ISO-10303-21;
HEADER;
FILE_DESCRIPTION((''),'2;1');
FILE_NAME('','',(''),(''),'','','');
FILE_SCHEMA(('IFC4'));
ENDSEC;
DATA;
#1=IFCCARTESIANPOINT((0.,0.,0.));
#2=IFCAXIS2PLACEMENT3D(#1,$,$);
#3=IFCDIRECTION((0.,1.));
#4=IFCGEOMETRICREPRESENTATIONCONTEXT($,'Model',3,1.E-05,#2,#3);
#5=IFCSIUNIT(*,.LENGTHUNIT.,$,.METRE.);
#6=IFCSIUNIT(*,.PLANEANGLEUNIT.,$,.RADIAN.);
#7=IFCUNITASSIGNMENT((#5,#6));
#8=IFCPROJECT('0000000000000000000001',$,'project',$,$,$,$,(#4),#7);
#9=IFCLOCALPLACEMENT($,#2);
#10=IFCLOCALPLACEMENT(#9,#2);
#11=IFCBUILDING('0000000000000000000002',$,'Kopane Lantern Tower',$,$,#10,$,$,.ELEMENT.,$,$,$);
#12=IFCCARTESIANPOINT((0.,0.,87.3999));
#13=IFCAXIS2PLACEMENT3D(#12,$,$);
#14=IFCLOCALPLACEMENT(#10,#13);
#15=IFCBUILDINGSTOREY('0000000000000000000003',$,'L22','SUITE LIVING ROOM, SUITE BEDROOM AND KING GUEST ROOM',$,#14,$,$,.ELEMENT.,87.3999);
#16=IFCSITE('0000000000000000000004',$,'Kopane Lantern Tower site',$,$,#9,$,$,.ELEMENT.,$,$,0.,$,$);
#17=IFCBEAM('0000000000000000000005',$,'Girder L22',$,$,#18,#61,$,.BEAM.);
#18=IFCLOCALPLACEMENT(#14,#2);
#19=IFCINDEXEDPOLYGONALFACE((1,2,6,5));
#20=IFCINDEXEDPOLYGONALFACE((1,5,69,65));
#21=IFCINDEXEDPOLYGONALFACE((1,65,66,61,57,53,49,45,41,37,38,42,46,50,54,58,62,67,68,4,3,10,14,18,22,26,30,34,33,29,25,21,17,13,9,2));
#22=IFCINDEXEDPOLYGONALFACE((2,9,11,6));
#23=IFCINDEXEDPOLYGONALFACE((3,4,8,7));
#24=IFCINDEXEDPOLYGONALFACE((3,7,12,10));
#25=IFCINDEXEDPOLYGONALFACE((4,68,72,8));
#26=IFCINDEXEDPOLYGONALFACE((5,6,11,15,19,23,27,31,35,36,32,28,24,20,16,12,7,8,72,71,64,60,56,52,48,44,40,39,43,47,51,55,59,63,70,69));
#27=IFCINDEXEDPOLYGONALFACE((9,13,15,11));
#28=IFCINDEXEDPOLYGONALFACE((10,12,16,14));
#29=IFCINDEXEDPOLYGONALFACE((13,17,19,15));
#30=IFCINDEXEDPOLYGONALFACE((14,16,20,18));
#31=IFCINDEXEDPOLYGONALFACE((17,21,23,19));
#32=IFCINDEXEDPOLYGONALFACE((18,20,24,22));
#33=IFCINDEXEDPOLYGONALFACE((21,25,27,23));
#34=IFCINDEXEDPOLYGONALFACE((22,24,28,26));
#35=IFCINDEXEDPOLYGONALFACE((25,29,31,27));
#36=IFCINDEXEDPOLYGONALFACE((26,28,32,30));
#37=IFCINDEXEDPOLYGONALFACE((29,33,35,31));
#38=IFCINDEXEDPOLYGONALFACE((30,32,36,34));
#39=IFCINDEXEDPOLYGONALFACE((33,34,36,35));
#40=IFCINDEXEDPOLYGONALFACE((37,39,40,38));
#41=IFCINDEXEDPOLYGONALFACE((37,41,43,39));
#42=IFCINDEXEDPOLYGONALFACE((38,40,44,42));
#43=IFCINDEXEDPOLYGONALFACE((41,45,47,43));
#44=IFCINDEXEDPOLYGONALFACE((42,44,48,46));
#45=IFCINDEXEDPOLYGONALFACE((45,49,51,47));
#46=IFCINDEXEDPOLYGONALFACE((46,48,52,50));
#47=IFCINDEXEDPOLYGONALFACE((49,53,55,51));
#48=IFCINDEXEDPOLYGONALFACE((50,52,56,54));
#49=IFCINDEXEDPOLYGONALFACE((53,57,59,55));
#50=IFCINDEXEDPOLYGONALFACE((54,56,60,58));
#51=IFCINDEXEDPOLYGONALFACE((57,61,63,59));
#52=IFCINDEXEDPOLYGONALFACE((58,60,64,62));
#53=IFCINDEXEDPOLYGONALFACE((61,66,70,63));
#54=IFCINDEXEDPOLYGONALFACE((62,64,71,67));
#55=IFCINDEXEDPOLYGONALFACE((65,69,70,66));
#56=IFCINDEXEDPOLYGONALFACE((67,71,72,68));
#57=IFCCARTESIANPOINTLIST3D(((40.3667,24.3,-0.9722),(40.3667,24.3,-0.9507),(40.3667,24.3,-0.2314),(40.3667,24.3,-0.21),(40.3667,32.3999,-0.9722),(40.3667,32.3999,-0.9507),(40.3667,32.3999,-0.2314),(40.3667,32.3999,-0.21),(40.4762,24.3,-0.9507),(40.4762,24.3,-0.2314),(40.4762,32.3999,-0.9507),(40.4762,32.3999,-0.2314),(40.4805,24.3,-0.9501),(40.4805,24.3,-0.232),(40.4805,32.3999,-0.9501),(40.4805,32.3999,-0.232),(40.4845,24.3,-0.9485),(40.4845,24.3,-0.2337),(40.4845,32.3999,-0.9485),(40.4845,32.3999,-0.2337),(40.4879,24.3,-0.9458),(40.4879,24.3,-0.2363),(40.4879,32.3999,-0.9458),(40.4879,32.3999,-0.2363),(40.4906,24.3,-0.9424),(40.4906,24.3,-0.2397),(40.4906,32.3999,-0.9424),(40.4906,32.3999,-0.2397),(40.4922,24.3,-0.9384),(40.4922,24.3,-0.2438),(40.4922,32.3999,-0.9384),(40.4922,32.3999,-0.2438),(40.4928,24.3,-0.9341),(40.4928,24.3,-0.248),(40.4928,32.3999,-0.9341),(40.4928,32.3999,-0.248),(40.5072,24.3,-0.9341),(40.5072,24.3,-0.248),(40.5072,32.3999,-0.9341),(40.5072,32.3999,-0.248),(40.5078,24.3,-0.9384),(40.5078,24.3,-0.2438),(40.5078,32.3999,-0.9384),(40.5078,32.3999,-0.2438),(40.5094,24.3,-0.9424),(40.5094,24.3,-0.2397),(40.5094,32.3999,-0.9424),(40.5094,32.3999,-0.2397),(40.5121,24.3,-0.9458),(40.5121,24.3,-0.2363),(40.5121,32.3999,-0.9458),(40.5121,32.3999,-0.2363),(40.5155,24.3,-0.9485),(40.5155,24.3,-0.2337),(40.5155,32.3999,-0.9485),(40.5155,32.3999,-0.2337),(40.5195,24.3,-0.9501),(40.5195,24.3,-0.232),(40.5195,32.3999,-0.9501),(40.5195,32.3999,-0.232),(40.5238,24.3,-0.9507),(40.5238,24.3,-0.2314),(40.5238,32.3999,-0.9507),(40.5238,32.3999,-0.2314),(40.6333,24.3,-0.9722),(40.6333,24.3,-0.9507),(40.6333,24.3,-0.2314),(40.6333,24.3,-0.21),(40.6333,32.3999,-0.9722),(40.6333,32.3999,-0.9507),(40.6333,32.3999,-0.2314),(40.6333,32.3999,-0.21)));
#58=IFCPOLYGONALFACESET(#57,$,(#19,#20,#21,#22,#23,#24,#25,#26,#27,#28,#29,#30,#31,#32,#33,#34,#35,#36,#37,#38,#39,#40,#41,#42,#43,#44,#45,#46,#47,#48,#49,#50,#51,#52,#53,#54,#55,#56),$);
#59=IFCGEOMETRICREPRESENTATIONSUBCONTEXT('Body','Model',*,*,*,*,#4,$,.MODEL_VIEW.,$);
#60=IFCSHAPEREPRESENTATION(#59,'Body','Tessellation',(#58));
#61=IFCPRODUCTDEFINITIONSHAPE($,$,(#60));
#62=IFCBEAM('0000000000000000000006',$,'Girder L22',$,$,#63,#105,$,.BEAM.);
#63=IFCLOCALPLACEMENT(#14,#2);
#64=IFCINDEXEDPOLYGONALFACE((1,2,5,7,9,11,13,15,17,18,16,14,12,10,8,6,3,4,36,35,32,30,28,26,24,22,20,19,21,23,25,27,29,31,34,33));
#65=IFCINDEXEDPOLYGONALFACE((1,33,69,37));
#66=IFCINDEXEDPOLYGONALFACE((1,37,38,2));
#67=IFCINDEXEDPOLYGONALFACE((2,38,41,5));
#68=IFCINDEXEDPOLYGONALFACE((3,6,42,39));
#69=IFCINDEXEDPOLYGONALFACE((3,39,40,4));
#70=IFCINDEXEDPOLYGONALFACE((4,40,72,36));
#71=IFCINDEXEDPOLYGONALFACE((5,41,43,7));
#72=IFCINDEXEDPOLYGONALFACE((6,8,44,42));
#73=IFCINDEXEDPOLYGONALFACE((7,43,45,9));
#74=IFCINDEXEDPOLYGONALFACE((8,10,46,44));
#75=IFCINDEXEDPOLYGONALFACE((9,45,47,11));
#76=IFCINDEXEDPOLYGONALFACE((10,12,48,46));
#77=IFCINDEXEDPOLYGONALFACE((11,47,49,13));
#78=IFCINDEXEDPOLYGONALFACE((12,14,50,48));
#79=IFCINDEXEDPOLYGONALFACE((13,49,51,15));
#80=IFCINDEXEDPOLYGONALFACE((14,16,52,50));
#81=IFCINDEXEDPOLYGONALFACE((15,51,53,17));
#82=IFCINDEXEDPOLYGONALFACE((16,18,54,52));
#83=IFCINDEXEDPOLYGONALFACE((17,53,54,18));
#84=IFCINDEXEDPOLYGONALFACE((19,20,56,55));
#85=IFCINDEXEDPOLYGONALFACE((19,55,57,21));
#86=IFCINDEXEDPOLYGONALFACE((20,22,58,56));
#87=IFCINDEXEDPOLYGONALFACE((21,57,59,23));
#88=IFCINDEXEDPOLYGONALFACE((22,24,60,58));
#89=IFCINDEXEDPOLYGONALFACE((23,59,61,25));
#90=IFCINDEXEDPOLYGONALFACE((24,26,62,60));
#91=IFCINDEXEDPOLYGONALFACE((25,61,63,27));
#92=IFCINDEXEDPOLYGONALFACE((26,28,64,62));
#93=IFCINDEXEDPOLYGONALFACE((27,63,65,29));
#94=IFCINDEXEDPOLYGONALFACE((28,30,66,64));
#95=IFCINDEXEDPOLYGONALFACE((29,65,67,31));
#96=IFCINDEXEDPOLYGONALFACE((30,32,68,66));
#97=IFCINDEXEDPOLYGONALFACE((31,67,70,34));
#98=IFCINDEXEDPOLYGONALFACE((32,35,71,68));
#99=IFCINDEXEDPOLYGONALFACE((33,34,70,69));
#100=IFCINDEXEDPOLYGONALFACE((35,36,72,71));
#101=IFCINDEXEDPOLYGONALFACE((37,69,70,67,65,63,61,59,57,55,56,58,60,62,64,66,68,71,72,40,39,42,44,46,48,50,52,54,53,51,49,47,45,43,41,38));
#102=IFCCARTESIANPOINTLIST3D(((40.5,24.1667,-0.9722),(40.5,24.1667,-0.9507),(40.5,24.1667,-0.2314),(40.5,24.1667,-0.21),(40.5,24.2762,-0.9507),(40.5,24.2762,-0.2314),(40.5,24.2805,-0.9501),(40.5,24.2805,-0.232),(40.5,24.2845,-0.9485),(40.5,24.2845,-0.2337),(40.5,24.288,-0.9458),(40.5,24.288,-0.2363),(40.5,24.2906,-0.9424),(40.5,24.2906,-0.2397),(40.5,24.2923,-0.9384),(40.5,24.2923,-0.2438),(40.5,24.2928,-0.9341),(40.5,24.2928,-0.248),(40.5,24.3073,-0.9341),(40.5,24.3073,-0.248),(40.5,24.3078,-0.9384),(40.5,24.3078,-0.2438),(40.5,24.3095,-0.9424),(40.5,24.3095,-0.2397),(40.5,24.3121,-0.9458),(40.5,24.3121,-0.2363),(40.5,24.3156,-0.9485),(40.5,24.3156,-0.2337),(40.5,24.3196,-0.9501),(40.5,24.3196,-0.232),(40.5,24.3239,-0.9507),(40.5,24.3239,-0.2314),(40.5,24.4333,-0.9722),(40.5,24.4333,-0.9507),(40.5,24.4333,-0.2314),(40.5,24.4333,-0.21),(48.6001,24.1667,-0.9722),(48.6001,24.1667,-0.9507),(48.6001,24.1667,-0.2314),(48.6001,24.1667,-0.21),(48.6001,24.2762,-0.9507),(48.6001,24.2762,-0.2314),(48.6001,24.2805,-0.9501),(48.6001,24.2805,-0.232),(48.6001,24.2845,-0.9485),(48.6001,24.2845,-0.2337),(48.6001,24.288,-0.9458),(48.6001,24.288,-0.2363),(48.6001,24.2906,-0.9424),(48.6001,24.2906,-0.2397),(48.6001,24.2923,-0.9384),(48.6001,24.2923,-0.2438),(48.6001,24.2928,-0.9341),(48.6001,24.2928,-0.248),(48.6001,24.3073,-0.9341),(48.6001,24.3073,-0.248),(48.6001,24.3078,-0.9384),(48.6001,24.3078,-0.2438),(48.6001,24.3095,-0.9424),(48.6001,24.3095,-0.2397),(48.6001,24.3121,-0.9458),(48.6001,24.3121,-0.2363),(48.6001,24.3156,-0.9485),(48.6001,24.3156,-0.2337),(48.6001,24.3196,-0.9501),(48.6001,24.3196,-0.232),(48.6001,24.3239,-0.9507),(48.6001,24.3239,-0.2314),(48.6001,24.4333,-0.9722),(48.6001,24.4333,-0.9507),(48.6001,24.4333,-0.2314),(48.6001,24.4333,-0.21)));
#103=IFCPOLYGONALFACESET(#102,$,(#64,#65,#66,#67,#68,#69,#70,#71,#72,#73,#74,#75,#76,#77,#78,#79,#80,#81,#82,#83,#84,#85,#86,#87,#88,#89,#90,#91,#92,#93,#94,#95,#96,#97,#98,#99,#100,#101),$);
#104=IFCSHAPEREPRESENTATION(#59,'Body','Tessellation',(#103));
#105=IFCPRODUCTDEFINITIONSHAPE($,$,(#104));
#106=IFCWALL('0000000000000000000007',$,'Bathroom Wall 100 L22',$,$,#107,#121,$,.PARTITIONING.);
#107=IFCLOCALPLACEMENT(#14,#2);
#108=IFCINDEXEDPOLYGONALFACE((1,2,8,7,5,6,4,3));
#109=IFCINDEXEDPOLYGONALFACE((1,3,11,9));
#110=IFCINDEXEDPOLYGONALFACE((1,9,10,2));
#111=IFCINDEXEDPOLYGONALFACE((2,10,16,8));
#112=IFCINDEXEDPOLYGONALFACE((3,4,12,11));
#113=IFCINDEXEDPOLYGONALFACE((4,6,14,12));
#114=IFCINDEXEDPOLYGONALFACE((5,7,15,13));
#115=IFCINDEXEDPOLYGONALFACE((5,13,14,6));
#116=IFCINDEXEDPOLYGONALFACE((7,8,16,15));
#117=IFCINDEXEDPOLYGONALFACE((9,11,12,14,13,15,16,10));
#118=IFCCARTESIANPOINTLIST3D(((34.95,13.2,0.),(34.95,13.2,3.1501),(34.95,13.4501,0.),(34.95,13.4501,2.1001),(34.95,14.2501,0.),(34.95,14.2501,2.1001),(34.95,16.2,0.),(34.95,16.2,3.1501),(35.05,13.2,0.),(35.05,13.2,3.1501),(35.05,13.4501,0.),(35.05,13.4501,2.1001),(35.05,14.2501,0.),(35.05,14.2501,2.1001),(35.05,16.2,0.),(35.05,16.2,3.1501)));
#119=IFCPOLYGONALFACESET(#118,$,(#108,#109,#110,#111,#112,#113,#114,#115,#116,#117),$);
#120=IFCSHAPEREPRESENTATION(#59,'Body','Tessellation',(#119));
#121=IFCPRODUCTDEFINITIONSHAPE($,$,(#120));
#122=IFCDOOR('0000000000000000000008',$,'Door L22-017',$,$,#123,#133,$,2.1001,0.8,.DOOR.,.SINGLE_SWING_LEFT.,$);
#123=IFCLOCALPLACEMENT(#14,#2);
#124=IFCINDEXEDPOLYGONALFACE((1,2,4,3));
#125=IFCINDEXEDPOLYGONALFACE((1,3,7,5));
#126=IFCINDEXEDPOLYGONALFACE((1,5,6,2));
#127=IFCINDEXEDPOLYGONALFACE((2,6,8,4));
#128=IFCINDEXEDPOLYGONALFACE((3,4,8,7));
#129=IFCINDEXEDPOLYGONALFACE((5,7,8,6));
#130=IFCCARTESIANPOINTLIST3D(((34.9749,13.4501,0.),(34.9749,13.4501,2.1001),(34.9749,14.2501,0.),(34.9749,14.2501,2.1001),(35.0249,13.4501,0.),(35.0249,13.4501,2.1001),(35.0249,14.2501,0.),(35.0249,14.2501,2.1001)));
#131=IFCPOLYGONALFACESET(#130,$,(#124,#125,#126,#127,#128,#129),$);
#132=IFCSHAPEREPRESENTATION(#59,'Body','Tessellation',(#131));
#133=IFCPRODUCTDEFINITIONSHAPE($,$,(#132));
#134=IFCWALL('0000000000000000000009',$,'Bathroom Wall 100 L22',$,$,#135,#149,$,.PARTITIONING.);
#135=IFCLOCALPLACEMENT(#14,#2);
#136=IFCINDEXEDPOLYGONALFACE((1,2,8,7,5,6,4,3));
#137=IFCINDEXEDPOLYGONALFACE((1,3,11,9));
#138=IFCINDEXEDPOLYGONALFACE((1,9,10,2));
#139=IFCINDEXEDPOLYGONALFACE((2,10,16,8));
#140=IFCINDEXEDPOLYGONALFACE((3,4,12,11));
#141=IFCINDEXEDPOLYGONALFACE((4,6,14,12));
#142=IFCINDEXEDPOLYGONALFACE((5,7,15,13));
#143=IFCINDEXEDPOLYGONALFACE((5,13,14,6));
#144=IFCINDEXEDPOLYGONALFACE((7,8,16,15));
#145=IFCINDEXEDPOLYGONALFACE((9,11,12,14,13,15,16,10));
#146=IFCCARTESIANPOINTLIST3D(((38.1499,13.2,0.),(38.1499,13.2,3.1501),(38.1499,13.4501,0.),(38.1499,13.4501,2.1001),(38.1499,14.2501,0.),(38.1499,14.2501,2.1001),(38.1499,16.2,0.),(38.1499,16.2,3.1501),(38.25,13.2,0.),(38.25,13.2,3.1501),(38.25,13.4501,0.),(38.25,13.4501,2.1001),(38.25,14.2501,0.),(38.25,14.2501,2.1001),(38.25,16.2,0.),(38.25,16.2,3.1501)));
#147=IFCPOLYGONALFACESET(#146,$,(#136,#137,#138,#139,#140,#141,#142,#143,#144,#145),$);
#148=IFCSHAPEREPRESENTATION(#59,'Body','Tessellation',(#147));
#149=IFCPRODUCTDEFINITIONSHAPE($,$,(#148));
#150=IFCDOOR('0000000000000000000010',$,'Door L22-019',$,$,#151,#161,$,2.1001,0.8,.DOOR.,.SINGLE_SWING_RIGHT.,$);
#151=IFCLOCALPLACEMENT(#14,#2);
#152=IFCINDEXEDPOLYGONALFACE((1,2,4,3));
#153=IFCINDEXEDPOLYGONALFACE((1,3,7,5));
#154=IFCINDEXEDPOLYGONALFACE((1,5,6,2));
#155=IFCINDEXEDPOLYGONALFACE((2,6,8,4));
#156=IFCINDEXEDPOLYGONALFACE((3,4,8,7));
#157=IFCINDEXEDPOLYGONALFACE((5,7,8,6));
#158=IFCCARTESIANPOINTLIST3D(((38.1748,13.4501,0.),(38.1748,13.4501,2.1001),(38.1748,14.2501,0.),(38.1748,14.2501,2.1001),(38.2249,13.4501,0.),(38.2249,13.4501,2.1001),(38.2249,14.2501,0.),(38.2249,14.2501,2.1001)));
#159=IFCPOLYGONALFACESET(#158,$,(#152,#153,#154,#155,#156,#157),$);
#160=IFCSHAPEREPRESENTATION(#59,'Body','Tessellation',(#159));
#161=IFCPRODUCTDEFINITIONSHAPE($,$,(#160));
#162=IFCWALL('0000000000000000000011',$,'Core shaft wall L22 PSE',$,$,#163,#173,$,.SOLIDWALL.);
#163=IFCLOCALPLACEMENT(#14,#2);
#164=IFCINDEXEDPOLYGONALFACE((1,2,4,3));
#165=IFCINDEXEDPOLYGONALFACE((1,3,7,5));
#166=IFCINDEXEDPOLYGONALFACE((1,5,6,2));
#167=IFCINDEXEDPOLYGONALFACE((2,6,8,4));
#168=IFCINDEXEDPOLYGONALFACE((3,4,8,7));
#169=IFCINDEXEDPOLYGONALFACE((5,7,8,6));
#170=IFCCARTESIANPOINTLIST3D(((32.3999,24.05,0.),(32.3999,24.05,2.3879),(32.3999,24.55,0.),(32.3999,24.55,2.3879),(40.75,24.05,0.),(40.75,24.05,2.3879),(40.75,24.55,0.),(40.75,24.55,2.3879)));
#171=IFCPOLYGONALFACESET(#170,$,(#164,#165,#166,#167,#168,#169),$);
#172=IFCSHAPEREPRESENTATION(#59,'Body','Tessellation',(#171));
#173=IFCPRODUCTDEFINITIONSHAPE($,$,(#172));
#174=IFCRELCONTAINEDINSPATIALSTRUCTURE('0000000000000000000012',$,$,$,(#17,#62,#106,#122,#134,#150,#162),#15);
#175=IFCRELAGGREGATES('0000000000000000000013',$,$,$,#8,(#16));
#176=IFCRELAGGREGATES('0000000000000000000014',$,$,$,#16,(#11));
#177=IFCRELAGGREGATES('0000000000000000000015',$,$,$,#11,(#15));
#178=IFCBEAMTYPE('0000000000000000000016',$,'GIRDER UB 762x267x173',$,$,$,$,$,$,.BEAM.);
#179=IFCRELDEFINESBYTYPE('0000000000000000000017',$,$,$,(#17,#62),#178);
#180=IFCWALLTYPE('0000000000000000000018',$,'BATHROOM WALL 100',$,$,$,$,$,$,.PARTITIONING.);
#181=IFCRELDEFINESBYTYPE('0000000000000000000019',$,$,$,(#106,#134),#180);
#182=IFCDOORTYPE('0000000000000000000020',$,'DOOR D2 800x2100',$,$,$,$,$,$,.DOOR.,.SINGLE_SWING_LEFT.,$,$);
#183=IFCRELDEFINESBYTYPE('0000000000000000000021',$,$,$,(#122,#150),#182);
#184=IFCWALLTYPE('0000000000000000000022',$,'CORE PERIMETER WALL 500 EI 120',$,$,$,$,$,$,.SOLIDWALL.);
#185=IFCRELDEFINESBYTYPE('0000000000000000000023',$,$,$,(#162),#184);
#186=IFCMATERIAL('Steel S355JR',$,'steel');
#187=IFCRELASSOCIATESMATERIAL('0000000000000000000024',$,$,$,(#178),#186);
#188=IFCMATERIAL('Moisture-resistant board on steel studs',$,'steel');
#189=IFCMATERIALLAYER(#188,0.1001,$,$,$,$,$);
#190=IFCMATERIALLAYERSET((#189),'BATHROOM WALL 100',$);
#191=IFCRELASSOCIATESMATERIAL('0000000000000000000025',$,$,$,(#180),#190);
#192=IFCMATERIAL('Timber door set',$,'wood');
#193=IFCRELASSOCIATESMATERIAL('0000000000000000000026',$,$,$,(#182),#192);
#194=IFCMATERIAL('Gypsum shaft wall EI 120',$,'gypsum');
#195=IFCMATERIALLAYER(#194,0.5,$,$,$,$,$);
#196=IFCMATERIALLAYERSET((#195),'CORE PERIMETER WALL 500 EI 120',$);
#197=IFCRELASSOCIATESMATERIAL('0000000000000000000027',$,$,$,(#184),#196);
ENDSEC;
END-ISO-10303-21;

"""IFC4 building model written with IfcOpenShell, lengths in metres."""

from ifc_helpers import new_model, si_unit, direction, frame, frame_2d, origin, origin_2d, place, context, subcontext, project, spatial, rectangle, i_section, extrude, material, layer, layer_set, material_profile, profile_set, type_object, element, fill, save


model = new_model("IFC4")

# Units and contexts
model_context = context("Model", 3, precision=1e-05, world=origin(), true_north=direction((0.0, 1.0)))
body_context = subcontext(model_context, "Body", "Model", "MODEL_VIEW")
ifc_project = project(units=[si_unit("LENGTHUNIT", "METRE"), si_unit("PLANEANGLEUNIT", "RADIAN")], contexts=[model_context])

# Site, building, storey
site_placement = place(None, origin())
site = spatial("IfcSite", under=ifc_project, at=site_placement, Name="Kopane Lantern Tower site", CompositionType="ELEMENT", RefElevation=0.0)
building_placement = place(site_placement, origin())
building = spatial("IfcBuilding", under=site, at=building_placement, Name="Kopane Lantern Tower", CompositionType="ELEMENT")
storey_placement = place(building_placement, frame((0.0, 0.0, 87.3999)))
storey = spatial("IfcBuildingStorey", under=building, at=storey_placement, Name="L22", Description="SUITE LIVING ROOM, SUITE BEDROOM AND KING GUEST ROOM", CompositionType="ELEMENT", Elevation=87.3999)

# Beams
ifc_material_1 = material(Name="Steel S355JR", Category="steel")
ifc_material_profile_1 = material_profile(ifc_material_1, i_section(OverallWidth=0.2666, OverallDepth=0.7622, WebThickness=0.0144, FlangeThickness=0.0215, FilletRadius=0.0166, at=origin_2d()), Name="UB 762x267x173")
ifc_profile_set_1 = profile_set([ifc_material_profile_1], Name="Steel S355JR")
beam_type_1 = type_object("IfcBeamType", Name="GIRDER UB 762x267x173", PredefinedType="BEAM", material=ifc_profile_set_1)
beam_1_placement = place(storey_placement, frame((40.5, 24.3, -0.5911), z_axis=(0.0, 1.0, 0.0), x_axis=(-1.0, 0.0, 0.0)))
element("IfcBeam", 1, at=beam_1_placement, inside=storey, type_object=beam_type_1, Name="Girder L22", PredefinedType="BEAM", context=body_context, shape_type="SweptSolid", body=[
    extrude(i_section(OverallWidth=0.2666, OverallDepth=0.7622, WebThickness=0.0144, FlangeThickness=0.0215, FilletRadius=0.0166, at=origin_2d()), origin(), (0.0, 0.0, 1.0), 8.0999),
])
beam_2_placement = place(storey_placement, frame((40.5, 24.3, -0.5911), z_axis=(1.0, 0.0, 0.0), x_axis=(0.0, 1.0, 0.0)))
element("IfcBeam", 2, at=beam_2_placement, inside=storey, type_object=beam_type_1, Name="Girder L22", PredefinedType="BEAM", context=body_context, shape_type="SweptSolid", body=[
    extrude(i_section(OverallWidth=0.2666, OverallDepth=0.7622, WebThickness=0.0144, FlangeThickness=0.0215, FilletRadius=0.0166, at=origin_2d()), origin(), (0.0, 0.0, 1.0), 8.1001),
])

# Walls, openings, doors
ifc_material_2 = material(Name="Moisture-resistant board on steel studs", Category="steel")
ifc_layer_1 = layer(ifc_material_2, 0.1001)
ifc_layer_set_1 = layer_set([ifc_layer_1], Name="BATHROOM WALL 100")
wall_type_1 = type_object("IfcWallType", Name="BATHROOM WALL 100", PredefinedType="PARTITIONING", material=ifc_layer_set_1)
wall_1_placement = place(storey_placement, frame((35.0, 16.2, 0.0), z_axis=(0.0, 0.0, 1.0), x_axis=(0.0, -1.0, 0.0)))
wall_1 = element("IfcWall", 3, at=wall_1_placement, inside=storey, type_object=wall_type_1, Name="Bathroom Wall 100 L22", PredefinedType="PARTITIONING", context=body_context, shape_type="SweptSolid", body=[
    extrude(rectangle(XDim=3.0, YDim=0.1001, at=frame_2d((1.5, 0.0))), origin(), (0.0, 0.0, 1.0), 3.1501),
])
opening_1_placement = place(wall_1_placement, frame((1.95, 0.0, 0.0)))
opening_1 = element("IfcOpeningElement", 4, at=opening_1_placement, cuts=wall_1, PredefinedType="OPENING", context=body_context, shape_type="SweptSolid", body=[
    extrude(rectangle(XDim=0.8, YDim=2.1001, at=frame_2d((0.3999, 1.05))), frame((0.0, 0.0601, 0.0), z_axis=(0.0, -1.0, 0.0), x_axis=(1.0, 0.0, 0.0)), (0.0, 0.0, 1.0), 0.1201),
])
ifc_material_3 = material(Name="Timber door set", Category="wood")
door_type_1 = type_object("IfcDoorType", Name="DOOR D2 800x2100", OperationType="SINGLE_SWING_LEFT", PredefinedType="DOOR", material=ifc_material_3)
door_1_placement = place(opening_1_placement, origin())
door_1 = element("IfcDoor", 5, at=door_1_placement, inside=storey, type_object=door_type_1, Name="Door L22-017", OperationType="SINGLE_SWING_LEFT", OverallHeight=2.1001, OverallWidth=0.8, PredefinedType="DOOR", context=body_context, shape_type="SweptSolid", body=[
    extrude(rectangle(XDim=0.8, YDim=2.1001, at=frame_2d((0.3999, 1.05))), frame((0.0, 0.0249, 0.0), z_axis=(0.0, -1.0, 0.0), x_axis=(1.0, 0.0, 0.0)), (0.0, 0.0, 1.0), 0.05),
])
fill(opening_1, door_1)
wall_2_placement = place(storey_placement, frame((38.2, 16.2, 0.0), z_axis=(0.0, 0.0, 1.0), x_axis=(0.0, -1.0, 0.0)))
wall_2 = element("IfcWall", 6, at=wall_2_placement, inside=storey, type_object=wall_type_1, Name="Bathroom Wall 100 L22", PredefinedType="PARTITIONING", context=body_context, shape_type="SweptSolid", body=[
    extrude(rectangle(XDim=3.0, YDim=0.1001, at=frame_2d((1.5, 0.0))), origin(), (0.0, 0.0, 1.0), 3.1501),
])
opening_2_placement = place(wall_2_placement, frame((1.95, 0.0, 0.0)))
opening_2 = element("IfcOpeningElement", 7, at=opening_2_placement, cuts=wall_2, PredefinedType="OPENING", context=body_context, shape_type="SweptSolid", body=[
    extrude(rectangle(XDim=0.8, YDim=2.1001, at=frame_2d((0.3999, 1.05))), frame((0.0, 0.0601, 0.0), z_axis=(0.0, -1.0, 0.0), x_axis=(1.0, 0.0, 0.0)), (0.0, 0.0, 1.0), 0.1201),
])
door_2_placement = place(opening_2_placement, origin())
door_2 = element("IfcDoor", 8, at=door_2_placement, inside=storey, type_object=door_type_1, Name="Door L22-019", OperationType="SINGLE_SWING_RIGHT", OverallHeight=2.1001, OverallWidth=0.8, PredefinedType="DOOR", context=body_context, shape_type="SweptSolid", body=[
    extrude(rectangle(XDim=0.8, YDim=2.1001, at=frame_2d((0.3999, 1.05))), frame((0.0, 0.0249, 0.0), z_axis=(0.0, -1.0, 0.0), x_axis=(1.0, 0.0, 0.0)), (0.0, 0.0, 1.0), 0.05),
])
fill(opening_2, door_2)

# Wall
ifc_material_4 = material(Name="Gypsum shaft wall EI 120", Category="gypsum")
ifc_layer_2 = layer(ifc_material_4, 0.5)
ifc_layer_set_2 = layer_set([ifc_layer_2], Name="CORE PERIMETER WALL 500 EI 120")
wall_type_2 = type_object("IfcWallType", Name="CORE PERIMETER WALL 500 EI 120", PredefinedType="SOLIDWALL", material=ifc_layer_set_2)
wall_3_placement = place(storey_placement, frame((32.3999, 24.3, 0.0), z_axis=(0.0, 0.0, 1.0), x_axis=(1.0, 0.0, 0.0)))
element("IfcWall", 9, at=wall_3_placement, inside=storey, type_object=wall_type_2, Name="Core shaft wall L22 PSE", PredefinedType="SOLIDWALL", context=body_context, shape_type="SweptSolid", body=[
    extrude(rectangle(XDim=8.3501, YDim=0.5, at=frame_2d((4.175, 0.0))), origin(), (0.0, 0.0, 1.0), 2.3879),
])

save(model, "model.ifc")
